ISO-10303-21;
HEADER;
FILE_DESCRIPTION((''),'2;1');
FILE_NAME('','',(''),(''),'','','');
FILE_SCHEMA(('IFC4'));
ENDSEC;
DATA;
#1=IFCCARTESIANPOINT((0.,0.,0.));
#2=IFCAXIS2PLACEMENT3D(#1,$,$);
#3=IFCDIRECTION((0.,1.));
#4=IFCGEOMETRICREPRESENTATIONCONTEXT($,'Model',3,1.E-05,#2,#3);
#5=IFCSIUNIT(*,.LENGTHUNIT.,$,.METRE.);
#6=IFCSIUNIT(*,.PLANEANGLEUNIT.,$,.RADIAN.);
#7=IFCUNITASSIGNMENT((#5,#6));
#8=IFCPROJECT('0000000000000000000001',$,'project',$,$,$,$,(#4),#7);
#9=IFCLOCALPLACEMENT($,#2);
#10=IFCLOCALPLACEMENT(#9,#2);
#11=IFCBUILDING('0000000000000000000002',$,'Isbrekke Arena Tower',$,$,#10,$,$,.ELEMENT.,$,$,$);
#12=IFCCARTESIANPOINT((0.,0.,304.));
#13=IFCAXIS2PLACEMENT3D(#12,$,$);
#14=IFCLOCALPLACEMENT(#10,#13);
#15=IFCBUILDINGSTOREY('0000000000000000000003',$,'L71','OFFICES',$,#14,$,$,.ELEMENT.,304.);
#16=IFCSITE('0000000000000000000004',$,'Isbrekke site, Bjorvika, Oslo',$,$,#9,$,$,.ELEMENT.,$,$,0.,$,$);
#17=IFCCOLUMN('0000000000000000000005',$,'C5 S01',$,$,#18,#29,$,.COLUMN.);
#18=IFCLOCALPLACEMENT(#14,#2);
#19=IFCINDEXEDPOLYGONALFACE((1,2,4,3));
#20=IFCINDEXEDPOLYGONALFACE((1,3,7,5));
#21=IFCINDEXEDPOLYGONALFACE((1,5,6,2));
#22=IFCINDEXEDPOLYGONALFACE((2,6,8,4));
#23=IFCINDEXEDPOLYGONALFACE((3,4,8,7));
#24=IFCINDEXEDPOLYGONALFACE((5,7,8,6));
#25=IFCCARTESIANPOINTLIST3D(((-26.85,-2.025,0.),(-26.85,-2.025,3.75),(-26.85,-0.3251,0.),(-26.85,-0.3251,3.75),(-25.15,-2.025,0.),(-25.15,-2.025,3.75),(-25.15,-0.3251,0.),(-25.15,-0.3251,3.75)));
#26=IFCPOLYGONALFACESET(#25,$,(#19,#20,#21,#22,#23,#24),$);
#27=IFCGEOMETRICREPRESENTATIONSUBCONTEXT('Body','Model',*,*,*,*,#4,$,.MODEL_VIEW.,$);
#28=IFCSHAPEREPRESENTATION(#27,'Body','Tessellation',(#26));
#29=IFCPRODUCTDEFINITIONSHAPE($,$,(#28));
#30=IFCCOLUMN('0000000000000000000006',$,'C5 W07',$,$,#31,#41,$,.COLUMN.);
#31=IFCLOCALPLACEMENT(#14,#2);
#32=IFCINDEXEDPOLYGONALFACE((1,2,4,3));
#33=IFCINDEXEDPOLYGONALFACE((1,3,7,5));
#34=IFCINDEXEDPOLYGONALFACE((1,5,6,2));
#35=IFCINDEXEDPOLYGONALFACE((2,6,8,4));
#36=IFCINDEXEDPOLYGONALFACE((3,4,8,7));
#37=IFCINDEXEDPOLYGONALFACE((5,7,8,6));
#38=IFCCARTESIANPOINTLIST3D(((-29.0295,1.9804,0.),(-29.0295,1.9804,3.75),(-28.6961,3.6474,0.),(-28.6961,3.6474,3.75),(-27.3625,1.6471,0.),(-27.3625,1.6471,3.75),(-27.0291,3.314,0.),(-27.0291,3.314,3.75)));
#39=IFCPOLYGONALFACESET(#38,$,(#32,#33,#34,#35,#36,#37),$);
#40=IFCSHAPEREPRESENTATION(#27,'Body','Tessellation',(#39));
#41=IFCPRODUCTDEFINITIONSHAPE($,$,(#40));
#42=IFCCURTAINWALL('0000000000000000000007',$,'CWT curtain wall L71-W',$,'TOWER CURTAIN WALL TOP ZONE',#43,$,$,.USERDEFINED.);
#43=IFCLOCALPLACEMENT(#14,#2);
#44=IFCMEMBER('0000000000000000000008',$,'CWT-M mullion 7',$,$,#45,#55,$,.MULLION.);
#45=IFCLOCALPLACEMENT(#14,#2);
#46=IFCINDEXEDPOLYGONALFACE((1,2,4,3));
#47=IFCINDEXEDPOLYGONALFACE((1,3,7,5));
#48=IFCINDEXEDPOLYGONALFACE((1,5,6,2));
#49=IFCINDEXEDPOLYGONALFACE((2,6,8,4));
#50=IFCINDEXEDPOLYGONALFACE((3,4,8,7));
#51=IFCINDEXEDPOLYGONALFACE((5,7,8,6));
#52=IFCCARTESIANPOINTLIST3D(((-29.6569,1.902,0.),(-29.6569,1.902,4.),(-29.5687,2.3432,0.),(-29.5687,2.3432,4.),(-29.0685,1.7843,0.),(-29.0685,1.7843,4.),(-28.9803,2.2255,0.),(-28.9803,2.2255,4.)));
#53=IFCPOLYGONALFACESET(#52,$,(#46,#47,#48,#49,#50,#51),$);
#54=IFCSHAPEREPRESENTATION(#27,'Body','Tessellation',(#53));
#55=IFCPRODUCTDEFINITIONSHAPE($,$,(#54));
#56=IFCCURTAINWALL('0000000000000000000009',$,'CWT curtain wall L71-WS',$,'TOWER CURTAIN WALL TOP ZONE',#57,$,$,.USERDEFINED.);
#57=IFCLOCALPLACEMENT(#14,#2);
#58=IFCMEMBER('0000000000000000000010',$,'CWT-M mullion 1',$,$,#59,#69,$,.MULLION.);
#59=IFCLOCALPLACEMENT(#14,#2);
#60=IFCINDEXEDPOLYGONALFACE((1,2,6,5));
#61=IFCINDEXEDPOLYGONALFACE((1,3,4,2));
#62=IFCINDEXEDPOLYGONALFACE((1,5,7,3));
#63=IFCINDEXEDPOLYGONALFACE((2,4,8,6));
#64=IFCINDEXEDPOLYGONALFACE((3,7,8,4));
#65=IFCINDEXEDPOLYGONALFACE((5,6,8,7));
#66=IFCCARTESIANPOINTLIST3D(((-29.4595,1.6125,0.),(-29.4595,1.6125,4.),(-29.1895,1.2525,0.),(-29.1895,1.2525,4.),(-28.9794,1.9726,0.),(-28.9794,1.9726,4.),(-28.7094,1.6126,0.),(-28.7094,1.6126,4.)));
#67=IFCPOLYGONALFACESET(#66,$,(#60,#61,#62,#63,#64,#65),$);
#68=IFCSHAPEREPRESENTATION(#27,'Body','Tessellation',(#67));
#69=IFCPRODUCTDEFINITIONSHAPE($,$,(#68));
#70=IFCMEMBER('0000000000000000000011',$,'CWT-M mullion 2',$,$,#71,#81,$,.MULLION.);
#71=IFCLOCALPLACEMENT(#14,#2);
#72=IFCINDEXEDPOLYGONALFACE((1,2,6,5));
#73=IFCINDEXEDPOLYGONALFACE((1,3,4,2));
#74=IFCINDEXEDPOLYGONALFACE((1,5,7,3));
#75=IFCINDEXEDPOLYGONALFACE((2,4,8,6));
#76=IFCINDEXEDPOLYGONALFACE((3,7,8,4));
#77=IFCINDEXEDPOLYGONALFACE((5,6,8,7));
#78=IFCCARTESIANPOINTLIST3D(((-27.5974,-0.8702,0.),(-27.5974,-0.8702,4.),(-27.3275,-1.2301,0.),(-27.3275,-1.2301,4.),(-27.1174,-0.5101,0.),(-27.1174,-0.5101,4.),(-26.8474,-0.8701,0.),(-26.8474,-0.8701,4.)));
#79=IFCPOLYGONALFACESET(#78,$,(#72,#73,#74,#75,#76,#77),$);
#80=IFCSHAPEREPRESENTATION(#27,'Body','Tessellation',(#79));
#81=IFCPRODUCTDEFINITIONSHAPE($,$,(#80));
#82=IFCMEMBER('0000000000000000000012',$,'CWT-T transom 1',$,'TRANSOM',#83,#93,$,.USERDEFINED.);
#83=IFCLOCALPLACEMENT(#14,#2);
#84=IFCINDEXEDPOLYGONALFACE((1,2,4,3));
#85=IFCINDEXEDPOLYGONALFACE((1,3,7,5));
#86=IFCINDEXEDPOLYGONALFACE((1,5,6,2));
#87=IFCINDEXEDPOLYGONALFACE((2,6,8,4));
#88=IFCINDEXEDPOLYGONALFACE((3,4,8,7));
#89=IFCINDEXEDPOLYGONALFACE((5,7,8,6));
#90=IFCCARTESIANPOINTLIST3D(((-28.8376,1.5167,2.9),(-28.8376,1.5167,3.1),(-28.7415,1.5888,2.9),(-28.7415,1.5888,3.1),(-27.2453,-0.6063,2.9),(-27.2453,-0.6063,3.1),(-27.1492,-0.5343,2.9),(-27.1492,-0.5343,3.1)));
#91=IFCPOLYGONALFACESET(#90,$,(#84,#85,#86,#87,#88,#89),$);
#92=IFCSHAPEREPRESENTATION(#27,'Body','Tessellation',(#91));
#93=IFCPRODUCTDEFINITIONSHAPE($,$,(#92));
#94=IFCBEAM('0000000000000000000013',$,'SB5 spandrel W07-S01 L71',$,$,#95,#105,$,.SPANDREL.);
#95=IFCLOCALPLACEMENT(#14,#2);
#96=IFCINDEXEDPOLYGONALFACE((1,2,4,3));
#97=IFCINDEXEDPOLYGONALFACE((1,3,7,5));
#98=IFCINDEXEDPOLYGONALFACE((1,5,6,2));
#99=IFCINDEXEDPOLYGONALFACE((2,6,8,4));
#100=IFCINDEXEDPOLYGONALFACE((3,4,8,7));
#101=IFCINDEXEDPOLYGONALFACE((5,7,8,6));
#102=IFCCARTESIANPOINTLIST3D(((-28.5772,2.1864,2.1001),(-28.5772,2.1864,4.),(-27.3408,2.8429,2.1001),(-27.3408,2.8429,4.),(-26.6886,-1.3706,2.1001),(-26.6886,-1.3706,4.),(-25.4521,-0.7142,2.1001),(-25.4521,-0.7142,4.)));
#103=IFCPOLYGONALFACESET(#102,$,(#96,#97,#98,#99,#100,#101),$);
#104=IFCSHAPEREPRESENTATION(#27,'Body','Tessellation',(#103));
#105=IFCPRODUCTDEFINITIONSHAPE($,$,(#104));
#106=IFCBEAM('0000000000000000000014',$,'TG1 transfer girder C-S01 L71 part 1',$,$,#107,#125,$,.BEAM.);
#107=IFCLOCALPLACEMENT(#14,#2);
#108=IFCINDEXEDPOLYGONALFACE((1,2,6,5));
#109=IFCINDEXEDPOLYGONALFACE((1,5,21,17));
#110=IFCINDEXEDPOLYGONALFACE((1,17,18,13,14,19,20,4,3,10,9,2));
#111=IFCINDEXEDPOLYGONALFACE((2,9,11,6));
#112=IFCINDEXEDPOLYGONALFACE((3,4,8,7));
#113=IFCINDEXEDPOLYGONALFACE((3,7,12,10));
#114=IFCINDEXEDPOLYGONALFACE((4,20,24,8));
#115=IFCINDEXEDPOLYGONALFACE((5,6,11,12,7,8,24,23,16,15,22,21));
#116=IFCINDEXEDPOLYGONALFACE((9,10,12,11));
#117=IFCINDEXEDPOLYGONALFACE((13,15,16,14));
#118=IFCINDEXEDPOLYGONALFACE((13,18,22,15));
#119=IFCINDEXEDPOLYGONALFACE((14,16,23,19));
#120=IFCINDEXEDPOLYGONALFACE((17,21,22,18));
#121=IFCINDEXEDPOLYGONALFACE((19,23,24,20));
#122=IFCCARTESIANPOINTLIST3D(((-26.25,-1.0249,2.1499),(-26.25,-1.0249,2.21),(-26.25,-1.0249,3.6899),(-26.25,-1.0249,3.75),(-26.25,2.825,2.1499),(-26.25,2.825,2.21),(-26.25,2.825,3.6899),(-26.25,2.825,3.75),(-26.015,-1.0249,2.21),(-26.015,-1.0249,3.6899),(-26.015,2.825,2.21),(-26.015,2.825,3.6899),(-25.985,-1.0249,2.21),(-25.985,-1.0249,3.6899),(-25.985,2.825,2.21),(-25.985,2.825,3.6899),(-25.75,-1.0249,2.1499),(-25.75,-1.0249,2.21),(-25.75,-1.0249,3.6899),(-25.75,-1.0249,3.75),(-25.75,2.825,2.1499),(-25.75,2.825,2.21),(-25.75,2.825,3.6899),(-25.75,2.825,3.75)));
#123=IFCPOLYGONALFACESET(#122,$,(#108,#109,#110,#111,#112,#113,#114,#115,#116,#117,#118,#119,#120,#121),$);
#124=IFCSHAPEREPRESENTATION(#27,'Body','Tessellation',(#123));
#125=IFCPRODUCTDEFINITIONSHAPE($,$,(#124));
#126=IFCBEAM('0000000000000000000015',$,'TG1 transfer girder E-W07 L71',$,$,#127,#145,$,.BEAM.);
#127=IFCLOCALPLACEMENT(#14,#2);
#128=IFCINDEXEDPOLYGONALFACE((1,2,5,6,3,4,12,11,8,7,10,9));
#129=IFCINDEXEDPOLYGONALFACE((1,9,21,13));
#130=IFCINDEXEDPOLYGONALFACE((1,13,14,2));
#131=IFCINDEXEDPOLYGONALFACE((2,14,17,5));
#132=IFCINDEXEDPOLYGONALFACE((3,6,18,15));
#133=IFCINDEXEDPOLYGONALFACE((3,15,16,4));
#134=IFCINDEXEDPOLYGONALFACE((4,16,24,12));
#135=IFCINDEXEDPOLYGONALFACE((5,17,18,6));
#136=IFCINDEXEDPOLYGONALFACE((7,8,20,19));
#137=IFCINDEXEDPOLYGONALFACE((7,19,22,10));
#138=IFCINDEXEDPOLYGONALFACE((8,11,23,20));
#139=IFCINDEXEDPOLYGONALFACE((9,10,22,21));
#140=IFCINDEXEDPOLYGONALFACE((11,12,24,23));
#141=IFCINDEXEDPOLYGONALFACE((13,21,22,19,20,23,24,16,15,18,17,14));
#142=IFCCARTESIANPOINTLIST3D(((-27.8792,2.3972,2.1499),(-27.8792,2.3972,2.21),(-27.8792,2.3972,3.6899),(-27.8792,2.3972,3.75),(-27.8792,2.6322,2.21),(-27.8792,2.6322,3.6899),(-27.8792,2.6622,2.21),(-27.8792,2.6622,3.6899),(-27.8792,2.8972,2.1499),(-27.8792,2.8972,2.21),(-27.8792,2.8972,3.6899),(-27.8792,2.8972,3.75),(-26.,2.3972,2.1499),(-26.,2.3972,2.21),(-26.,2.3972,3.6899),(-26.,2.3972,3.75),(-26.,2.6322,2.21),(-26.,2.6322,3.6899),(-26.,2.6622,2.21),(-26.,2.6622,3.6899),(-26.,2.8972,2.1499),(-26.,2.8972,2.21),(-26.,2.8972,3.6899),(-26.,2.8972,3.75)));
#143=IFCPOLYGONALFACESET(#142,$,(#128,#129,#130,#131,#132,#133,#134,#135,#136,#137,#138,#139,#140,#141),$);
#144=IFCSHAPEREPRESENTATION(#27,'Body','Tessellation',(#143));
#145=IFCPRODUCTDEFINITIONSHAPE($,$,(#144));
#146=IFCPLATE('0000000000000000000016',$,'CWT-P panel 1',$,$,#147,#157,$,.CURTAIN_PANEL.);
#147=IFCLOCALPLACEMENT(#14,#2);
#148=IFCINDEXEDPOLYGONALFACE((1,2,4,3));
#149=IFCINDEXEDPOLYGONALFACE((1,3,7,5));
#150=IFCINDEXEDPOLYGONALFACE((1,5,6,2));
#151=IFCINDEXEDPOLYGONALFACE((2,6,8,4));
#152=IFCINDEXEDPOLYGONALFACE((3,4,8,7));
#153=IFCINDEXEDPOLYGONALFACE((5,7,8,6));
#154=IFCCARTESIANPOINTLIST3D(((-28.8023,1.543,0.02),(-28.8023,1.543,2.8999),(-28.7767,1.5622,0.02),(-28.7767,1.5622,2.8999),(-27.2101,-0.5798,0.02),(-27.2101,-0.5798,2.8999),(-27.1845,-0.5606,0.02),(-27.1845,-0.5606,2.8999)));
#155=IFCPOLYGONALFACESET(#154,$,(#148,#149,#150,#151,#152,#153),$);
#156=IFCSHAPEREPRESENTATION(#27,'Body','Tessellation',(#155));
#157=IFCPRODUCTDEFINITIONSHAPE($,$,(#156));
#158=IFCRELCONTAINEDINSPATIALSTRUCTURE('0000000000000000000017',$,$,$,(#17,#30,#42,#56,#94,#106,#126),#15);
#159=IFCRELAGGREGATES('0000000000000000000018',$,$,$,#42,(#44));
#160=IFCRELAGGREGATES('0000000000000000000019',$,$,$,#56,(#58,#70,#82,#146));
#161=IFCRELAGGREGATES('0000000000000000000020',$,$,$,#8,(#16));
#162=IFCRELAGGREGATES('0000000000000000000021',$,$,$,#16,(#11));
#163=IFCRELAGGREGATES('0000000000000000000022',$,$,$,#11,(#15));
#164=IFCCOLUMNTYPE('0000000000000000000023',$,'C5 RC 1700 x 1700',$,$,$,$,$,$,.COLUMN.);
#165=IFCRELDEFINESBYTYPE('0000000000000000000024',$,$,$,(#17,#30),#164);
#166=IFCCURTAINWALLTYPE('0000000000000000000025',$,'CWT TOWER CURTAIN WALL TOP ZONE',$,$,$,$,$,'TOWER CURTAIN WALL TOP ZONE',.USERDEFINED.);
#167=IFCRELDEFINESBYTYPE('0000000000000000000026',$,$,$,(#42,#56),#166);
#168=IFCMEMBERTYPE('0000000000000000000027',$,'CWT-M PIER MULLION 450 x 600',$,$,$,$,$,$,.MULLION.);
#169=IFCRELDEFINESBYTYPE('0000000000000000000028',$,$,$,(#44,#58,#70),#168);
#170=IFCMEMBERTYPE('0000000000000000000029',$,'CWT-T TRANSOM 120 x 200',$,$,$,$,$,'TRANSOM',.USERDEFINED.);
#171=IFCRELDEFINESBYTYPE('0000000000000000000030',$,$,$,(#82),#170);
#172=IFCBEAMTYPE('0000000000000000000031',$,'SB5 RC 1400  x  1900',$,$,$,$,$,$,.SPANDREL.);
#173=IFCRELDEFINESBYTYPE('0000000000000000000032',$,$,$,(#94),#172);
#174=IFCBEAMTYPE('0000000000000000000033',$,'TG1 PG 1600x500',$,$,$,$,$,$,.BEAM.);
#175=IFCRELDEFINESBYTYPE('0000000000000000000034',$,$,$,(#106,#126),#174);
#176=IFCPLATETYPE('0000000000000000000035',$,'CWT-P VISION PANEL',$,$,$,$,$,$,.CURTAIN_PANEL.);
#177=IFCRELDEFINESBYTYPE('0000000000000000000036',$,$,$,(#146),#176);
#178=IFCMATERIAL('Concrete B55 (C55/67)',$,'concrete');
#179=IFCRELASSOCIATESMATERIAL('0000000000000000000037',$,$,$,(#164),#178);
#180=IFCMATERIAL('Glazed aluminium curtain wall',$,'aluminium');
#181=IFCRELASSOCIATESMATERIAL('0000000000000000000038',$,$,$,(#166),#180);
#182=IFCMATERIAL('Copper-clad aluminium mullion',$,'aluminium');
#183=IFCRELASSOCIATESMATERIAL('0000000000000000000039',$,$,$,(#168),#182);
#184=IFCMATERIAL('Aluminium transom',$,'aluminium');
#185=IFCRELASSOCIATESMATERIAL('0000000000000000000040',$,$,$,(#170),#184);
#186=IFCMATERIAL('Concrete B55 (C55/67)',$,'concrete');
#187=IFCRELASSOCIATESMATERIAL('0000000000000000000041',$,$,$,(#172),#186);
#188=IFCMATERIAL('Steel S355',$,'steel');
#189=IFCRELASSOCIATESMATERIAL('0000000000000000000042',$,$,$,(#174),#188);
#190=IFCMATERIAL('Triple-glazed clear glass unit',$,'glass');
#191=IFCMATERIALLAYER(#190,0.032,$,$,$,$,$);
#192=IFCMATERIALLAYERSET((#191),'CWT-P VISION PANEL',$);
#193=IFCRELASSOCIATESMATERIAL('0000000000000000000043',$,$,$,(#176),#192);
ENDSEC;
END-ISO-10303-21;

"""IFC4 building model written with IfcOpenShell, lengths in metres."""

from ifc_helpers import new_model, si_unit, direction, frame, origin, origin_2d, place, context, subcontext, project, spatial, rectangle, i_section, extrude, material, layer, layer_set, material_profile, profile_set, type_object, element, aggregate, save


model = new_model("IFC4")

# Units and contexts
model_context = context("Model", 3, precision=1e-05, world=origin(), true_north=direction((0.0, 1.0)))
body_context = subcontext(model_context, "Body", "Model", "MODEL_VIEW")
ifc_project = project(units=[si_unit("LENGTHUNIT", "METRE"), si_unit("PLANEANGLEUNIT", "RADIAN")], contexts=[model_context])

# Site, building, storey
site_placement = place(None, origin())
site = spatial("IfcSite", under=ifc_project, at=site_placement, Name="Isbrekke site, Bjorvika, Oslo", CompositionType="ELEMENT", RefElevation=0.0)
building_placement = place(site_placement, origin())
building = spatial("IfcBuilding", under=site, at=building_placement, Name="Isbrekke Arena Tower", CompositionType="ELEMENT")
storey_placement = place(building_placement, frame((0.0, 0.0, 304.0)))
storey = spatial("IfcBuildingStorey", under=building, at=storey_placement, Name="L71", Description="OFFICES", CompositionType="ELEMENT", Elevation=304.0)

# Columns
ifc_material_1 = material(Name="Concrete B55 (C55/67)", Category="concrete")
ifc_material_profile_1 = material_profile(ifc_material_1, rectangle(XDim=1.7, YDim=1.7, at=origin_2d()), Name="RC 1700x1700")
ifc_profile_set_1 = profile_set([ifc_material_profile_1], Name="Concrete B55 (C55/67)")
column_type = type_object("IfcColumnType", Name="C5 RC 1700 x 1700", PredefinedType="COLUMN", material=ifc_profile_set_1)
for number, where, z_axis, x_axis, name in (
    (1, (-26.0, -1.175, 0.0), (0.0, 0.0, 1.0), (1.0, 0.0, 0.0), "C5 S01"),
    (2, (-28.0293, 2.6472, 0.0), (0.0, 0.0, 1.0), (-0.196116, -0.980581, 0.0), "C5 W07"),
):
    element("IfcColumn", number, at=place(storey_placement, frame(where, z_axis=z_axis, x_axis=x_axis)), inside=storey, type_object=column_type, Name=name, PredefinedType="COLUMN", context=body_context, shape_type="SweptSolid", body=[
        extrude(rectangle(XDim=1.7, YDim=1.7, at=origin_2d()), origin(), (0.0, 0.0, 1.0), 3.75),
    ])

# Curtain wall, member
ifc_material_2 = material(Name="Glazed aluminium curtain wall", Category="aluminium")
curtain_wall_type = type_object("IfcCurtainWallType", Name="CWT TOWER CURTAIN WALL TOP ZONE", ElementType="TOWER CURTAIN WALL TOP ZONE", PredefinedType="USERDEFINED", material=ifc_material_2)
curtain_wall_1_placement = place(storey_placement, origin())
curtain_wall_1 = element("IfcCurtainWall", 3, at=curtain_wall_1_placement, inside=storey, type_object=curtain_wall_type, Name="CWT curtain wall L71-W", ObjectType="TOWER CURTAIN WALL TOP ZONE", PredefinedType="USERDEFINED")
ifc_material_3 = material(Name="Copper-clad aluminium mullion", Category="aluminium")
ifc_material_profile_2 = material_profile(ifc_material_3, rectangle(XDim=0.45, YDim=0.6001, at=origin_2d()), Name="PIER 450X600")
ifc_profile_set_2 = profile_set([ifc_material_profile_2], Name="Copper-clad aluminium mullion")
member_type_1 = type_object("IfcMemberType", Name="CWT-M PIER MULLION 450 x 600", PredefinedType="MULLION", material=ifc_profile_set_2)
member_1_placement = place(storey_placement, frame((-29.3186, 2.0637, 0.0), z_axis=(0.0, 0.0, 1.0), x_axis=(-0.196116, -0.980581, 0.0)))
member_1 = element("IfcMember", 4, at=member_1_placement, type_object=member_type_1, Name="CWT-M mullion 7", PredefinedType="MULLION", context=body_context, shape_type="SweptSolid", body=[
    extrude(rectangle(XDim=0.45, YDim=0.6001, at=origin_2d()), origin(), (0.0, 0.0, 1.0), 4.0),
])
aggregate(curtain_wall_1, [member_1])

# Curtain wall, members
curtain_wall_2_placement = place(storey_placement, origin())
curtain_wall_2 = element("IfcCurtainWall", 5, at=curtain_wall_2_placement, inside=storey, type_object=curtain_wall_type, Name="CWT curtain wall L71-WS", ObjectType="TOWER CURTAIN WALL TOP ZONE", PredefinedType="USERDEFINED")
member_2_placement = place(storey_placement, frame((-29.0845, 1.6125, 0.0), z_axis=(0.0, 0.0, 1.0), x_axis=(0.6, -0.8, 0.0)))
member_2 = element("IfcMember", 6, at=member_2_placement, type_object=member_type_1, Name="CWT-M mullion 1", PredefinedType="MULLION", context=body_context, shape_type="SweptSolid", body=[
    extrude(rectangle(XDim=0.45, YDim=0.6001, at=origin_2d()), origin(), (0.0, 0.0, 1.0), 4.0),
])
member_3_placement = place(storey_placement, frame((-27.2224, -0.8701, 0.0), z_axis=(0.0, 0.0, 1.0), x_axis=(0.6, -0.8, 0.0)))
member_3 = element("IfcMember", 7, at=member_3_placement, type_object=member_type_1, Name="CWT-M mullion 2", PredefinedType="MULLION", context=body_context, shape_type="SweptSolid", body=[
    extrude(rectangle(XDim=0.45, YDim=0.6001, at=origin_2d()), origin(), (0.0, 0.0, 1.0), 4.0),
])
ifc_material_4 = material(Name="Aluminium transom", Category="aluminium")
ifc_material_profile_3 = material_profile(ifc_material_4, rectangle(XDim=0.1201, YDim=0.2, at=origin_2d()), Name="TRANSOM 120X200")
ifc_profile_set_3 = profile_set([ifc_material_profile_3], Name="Aluminium transom")
member_type_2 = type_object("IfcMemberType", Name="CWT-T TRANSOM 120 x 200", ElementType="TRANSOM", PredefinedType="USERDEFINED", material=ifc_profile_set_3)
member_4_placement = place(storey_placement, frame((-28.7896, 1.5527, 3.0), z_axis=(0.6, -0.8, 0.0), x_axis=(0.8, 0.6, 0.0)))
member_4 = element("IfcMember", 8, at=member_4_placement, type_object=member_type_2, Name="CWT-T transom 1", ObjectType="TRANSOM", PredefinedType="USERDEFINED", context=body_context, shape_type="SweptSolid", body=[
    extrude(rectangle(XDim=0.1201, YDim=0.2, at=origin_2d()), origin(), (0.0, 0.0, 1.0), 2.6538),
])

# Beams
ifc_material_5 = material(Name="Concrete B55 (C55/67)", Category="concrete")
ifc_material_profile_4 = material_profile(ifc_material_5, rectangle(XDim=1.3999, YDim=1.8999, at=origin_2d()), Name="RC 1400 x 1900")
ifc_profile_set_4 = profile_set([ifc_material_profile_4], Name="Concrete B55 (C55/67)")
beam_type_1 = type_object("IfcBeamType", Name="SB5 RC 1400  x  1900", PredefinedType="SPANDREL", material=ifc_profile_set_4)
beam_1_placement = place(storey_placement, frame((-27.959, 2.5146, 3.05), z_axis=(0.468951, -0.883224, 0.0), x_axis=(0.883224, 0.468951, 0.0)))
element("IfcBeam", 9, at=beam_1_placement, inside=storey, type_object=beam_type_1, Name="SB5 spandrel W07-S01 L71", PredefinedType="SPANDREL", context=body_context, shape_type="SweptSolid", body=[
    extrude(rectangle(XDim=1.3999, YDim=1.8999, at=origin_2d()), origin(), (0.0, 0.0, 1.0), 4.0273),
])
ifc_material_6 = material(Name="Steel S355", Category="steel")
ifc_material_profile_5 = material_profile(ifc_material_6, i_section(OverallWidth=0.5, OverallDepth=1.6001, WebThickness=0.03, FlangeThickness=0.0601, at=origin_2d()), Name="PG 1600x500")
ifc_profile_set_5 = profile_set([ifc_material_profile_5], Name="Steel S355")
beam_type_2 = type_object("IfcBeamType", Name="TG1 PG 1600x500", PredefinedType="BEAM", material=ifc_profile_set_5)
beam_2_placement = place(storey_placement, frame((-26.0, -1.0249, 2.95), z_axis=(0.0, 1.0, 0.0), x_axis=(-1.0, 0.0, 0.0)))
element("IfcBeam", 10, at=beam_2_placement, inside=storey, type_object=beam_type_2, Name="TG1 transfer girder C-S01 L71 part 1", PredefinedType="BEAM", context=body_context, shape_type="SweptSolid", body=[
    extrude(i_section(OverallWidth=0.5, OverallDepth=1.6001, WebThickness=0.03, FlangeThickness=0.0601, at=origin_2d()), origin(), (0.0, 0.0, 1.0), 3.8499),
])
beam_3_placement = place(storey_placement, frame((-27.8792, 2.6472, 2.95), z_axis=(1.0, 0.0, 0.0), x_axis=(0.0, 1.0, 0.0)))
element("IfcBeam", 11, at=beam_3_placement, inside=storey, type_object=beam_type_2, Name="TG1 transfer girder E-W07 L71", PredefinedType="BEAM", context=body_context, shape_type="SweptSolid", body=[
    extrude(i_section(OverallWidth=0.5, OverallDepth=1.6001, WebThickness=0.03, FlangeThickness=0.0601, at=origin_2d()), origin(), (0.0, 0.0, 1.0), 1.8792),
])

# Plate
ifc_material_7 = material(Name="Triple-glazed clear glass unit", Category="glass")
ifc_layer_1 = layer(ifc_material_7, 0.032)
ifc_layer_set_1 = layer_set([ifc_layer_1], Name="CWT-P VISION PANEL")
plate_type = type_object("IfcPlateType", Name="CWT-P VISION PANEL", PredefinedType="CURTAIN_PANEL", material=ifc_layer_set_1)
plate_placement = place(storey_placement, frame((-27.9934, 0.4912, 0.02), z_axis=(0.0, 0.0, 1.0), x_axis=(0.6, -0.8, 0.0)))
plate = element("IfcPlate", 12, at=plate_placement, type_object=plate_type, Name="CWT-P panel 1", PredefinedType="CURTAIN_PANEL", context=body_context, shape_type="SweptSolid", body=[
    extrude(rectangle(XDim=2.6536, YDim=0.032, at=origin_2d()), origin(), (0.0, 0.0, 1.0), 2.8799),
])
aggregate(curtain_wall_2, [member_2, member_3, member_4, plate])

save(model, "model.ifc")
